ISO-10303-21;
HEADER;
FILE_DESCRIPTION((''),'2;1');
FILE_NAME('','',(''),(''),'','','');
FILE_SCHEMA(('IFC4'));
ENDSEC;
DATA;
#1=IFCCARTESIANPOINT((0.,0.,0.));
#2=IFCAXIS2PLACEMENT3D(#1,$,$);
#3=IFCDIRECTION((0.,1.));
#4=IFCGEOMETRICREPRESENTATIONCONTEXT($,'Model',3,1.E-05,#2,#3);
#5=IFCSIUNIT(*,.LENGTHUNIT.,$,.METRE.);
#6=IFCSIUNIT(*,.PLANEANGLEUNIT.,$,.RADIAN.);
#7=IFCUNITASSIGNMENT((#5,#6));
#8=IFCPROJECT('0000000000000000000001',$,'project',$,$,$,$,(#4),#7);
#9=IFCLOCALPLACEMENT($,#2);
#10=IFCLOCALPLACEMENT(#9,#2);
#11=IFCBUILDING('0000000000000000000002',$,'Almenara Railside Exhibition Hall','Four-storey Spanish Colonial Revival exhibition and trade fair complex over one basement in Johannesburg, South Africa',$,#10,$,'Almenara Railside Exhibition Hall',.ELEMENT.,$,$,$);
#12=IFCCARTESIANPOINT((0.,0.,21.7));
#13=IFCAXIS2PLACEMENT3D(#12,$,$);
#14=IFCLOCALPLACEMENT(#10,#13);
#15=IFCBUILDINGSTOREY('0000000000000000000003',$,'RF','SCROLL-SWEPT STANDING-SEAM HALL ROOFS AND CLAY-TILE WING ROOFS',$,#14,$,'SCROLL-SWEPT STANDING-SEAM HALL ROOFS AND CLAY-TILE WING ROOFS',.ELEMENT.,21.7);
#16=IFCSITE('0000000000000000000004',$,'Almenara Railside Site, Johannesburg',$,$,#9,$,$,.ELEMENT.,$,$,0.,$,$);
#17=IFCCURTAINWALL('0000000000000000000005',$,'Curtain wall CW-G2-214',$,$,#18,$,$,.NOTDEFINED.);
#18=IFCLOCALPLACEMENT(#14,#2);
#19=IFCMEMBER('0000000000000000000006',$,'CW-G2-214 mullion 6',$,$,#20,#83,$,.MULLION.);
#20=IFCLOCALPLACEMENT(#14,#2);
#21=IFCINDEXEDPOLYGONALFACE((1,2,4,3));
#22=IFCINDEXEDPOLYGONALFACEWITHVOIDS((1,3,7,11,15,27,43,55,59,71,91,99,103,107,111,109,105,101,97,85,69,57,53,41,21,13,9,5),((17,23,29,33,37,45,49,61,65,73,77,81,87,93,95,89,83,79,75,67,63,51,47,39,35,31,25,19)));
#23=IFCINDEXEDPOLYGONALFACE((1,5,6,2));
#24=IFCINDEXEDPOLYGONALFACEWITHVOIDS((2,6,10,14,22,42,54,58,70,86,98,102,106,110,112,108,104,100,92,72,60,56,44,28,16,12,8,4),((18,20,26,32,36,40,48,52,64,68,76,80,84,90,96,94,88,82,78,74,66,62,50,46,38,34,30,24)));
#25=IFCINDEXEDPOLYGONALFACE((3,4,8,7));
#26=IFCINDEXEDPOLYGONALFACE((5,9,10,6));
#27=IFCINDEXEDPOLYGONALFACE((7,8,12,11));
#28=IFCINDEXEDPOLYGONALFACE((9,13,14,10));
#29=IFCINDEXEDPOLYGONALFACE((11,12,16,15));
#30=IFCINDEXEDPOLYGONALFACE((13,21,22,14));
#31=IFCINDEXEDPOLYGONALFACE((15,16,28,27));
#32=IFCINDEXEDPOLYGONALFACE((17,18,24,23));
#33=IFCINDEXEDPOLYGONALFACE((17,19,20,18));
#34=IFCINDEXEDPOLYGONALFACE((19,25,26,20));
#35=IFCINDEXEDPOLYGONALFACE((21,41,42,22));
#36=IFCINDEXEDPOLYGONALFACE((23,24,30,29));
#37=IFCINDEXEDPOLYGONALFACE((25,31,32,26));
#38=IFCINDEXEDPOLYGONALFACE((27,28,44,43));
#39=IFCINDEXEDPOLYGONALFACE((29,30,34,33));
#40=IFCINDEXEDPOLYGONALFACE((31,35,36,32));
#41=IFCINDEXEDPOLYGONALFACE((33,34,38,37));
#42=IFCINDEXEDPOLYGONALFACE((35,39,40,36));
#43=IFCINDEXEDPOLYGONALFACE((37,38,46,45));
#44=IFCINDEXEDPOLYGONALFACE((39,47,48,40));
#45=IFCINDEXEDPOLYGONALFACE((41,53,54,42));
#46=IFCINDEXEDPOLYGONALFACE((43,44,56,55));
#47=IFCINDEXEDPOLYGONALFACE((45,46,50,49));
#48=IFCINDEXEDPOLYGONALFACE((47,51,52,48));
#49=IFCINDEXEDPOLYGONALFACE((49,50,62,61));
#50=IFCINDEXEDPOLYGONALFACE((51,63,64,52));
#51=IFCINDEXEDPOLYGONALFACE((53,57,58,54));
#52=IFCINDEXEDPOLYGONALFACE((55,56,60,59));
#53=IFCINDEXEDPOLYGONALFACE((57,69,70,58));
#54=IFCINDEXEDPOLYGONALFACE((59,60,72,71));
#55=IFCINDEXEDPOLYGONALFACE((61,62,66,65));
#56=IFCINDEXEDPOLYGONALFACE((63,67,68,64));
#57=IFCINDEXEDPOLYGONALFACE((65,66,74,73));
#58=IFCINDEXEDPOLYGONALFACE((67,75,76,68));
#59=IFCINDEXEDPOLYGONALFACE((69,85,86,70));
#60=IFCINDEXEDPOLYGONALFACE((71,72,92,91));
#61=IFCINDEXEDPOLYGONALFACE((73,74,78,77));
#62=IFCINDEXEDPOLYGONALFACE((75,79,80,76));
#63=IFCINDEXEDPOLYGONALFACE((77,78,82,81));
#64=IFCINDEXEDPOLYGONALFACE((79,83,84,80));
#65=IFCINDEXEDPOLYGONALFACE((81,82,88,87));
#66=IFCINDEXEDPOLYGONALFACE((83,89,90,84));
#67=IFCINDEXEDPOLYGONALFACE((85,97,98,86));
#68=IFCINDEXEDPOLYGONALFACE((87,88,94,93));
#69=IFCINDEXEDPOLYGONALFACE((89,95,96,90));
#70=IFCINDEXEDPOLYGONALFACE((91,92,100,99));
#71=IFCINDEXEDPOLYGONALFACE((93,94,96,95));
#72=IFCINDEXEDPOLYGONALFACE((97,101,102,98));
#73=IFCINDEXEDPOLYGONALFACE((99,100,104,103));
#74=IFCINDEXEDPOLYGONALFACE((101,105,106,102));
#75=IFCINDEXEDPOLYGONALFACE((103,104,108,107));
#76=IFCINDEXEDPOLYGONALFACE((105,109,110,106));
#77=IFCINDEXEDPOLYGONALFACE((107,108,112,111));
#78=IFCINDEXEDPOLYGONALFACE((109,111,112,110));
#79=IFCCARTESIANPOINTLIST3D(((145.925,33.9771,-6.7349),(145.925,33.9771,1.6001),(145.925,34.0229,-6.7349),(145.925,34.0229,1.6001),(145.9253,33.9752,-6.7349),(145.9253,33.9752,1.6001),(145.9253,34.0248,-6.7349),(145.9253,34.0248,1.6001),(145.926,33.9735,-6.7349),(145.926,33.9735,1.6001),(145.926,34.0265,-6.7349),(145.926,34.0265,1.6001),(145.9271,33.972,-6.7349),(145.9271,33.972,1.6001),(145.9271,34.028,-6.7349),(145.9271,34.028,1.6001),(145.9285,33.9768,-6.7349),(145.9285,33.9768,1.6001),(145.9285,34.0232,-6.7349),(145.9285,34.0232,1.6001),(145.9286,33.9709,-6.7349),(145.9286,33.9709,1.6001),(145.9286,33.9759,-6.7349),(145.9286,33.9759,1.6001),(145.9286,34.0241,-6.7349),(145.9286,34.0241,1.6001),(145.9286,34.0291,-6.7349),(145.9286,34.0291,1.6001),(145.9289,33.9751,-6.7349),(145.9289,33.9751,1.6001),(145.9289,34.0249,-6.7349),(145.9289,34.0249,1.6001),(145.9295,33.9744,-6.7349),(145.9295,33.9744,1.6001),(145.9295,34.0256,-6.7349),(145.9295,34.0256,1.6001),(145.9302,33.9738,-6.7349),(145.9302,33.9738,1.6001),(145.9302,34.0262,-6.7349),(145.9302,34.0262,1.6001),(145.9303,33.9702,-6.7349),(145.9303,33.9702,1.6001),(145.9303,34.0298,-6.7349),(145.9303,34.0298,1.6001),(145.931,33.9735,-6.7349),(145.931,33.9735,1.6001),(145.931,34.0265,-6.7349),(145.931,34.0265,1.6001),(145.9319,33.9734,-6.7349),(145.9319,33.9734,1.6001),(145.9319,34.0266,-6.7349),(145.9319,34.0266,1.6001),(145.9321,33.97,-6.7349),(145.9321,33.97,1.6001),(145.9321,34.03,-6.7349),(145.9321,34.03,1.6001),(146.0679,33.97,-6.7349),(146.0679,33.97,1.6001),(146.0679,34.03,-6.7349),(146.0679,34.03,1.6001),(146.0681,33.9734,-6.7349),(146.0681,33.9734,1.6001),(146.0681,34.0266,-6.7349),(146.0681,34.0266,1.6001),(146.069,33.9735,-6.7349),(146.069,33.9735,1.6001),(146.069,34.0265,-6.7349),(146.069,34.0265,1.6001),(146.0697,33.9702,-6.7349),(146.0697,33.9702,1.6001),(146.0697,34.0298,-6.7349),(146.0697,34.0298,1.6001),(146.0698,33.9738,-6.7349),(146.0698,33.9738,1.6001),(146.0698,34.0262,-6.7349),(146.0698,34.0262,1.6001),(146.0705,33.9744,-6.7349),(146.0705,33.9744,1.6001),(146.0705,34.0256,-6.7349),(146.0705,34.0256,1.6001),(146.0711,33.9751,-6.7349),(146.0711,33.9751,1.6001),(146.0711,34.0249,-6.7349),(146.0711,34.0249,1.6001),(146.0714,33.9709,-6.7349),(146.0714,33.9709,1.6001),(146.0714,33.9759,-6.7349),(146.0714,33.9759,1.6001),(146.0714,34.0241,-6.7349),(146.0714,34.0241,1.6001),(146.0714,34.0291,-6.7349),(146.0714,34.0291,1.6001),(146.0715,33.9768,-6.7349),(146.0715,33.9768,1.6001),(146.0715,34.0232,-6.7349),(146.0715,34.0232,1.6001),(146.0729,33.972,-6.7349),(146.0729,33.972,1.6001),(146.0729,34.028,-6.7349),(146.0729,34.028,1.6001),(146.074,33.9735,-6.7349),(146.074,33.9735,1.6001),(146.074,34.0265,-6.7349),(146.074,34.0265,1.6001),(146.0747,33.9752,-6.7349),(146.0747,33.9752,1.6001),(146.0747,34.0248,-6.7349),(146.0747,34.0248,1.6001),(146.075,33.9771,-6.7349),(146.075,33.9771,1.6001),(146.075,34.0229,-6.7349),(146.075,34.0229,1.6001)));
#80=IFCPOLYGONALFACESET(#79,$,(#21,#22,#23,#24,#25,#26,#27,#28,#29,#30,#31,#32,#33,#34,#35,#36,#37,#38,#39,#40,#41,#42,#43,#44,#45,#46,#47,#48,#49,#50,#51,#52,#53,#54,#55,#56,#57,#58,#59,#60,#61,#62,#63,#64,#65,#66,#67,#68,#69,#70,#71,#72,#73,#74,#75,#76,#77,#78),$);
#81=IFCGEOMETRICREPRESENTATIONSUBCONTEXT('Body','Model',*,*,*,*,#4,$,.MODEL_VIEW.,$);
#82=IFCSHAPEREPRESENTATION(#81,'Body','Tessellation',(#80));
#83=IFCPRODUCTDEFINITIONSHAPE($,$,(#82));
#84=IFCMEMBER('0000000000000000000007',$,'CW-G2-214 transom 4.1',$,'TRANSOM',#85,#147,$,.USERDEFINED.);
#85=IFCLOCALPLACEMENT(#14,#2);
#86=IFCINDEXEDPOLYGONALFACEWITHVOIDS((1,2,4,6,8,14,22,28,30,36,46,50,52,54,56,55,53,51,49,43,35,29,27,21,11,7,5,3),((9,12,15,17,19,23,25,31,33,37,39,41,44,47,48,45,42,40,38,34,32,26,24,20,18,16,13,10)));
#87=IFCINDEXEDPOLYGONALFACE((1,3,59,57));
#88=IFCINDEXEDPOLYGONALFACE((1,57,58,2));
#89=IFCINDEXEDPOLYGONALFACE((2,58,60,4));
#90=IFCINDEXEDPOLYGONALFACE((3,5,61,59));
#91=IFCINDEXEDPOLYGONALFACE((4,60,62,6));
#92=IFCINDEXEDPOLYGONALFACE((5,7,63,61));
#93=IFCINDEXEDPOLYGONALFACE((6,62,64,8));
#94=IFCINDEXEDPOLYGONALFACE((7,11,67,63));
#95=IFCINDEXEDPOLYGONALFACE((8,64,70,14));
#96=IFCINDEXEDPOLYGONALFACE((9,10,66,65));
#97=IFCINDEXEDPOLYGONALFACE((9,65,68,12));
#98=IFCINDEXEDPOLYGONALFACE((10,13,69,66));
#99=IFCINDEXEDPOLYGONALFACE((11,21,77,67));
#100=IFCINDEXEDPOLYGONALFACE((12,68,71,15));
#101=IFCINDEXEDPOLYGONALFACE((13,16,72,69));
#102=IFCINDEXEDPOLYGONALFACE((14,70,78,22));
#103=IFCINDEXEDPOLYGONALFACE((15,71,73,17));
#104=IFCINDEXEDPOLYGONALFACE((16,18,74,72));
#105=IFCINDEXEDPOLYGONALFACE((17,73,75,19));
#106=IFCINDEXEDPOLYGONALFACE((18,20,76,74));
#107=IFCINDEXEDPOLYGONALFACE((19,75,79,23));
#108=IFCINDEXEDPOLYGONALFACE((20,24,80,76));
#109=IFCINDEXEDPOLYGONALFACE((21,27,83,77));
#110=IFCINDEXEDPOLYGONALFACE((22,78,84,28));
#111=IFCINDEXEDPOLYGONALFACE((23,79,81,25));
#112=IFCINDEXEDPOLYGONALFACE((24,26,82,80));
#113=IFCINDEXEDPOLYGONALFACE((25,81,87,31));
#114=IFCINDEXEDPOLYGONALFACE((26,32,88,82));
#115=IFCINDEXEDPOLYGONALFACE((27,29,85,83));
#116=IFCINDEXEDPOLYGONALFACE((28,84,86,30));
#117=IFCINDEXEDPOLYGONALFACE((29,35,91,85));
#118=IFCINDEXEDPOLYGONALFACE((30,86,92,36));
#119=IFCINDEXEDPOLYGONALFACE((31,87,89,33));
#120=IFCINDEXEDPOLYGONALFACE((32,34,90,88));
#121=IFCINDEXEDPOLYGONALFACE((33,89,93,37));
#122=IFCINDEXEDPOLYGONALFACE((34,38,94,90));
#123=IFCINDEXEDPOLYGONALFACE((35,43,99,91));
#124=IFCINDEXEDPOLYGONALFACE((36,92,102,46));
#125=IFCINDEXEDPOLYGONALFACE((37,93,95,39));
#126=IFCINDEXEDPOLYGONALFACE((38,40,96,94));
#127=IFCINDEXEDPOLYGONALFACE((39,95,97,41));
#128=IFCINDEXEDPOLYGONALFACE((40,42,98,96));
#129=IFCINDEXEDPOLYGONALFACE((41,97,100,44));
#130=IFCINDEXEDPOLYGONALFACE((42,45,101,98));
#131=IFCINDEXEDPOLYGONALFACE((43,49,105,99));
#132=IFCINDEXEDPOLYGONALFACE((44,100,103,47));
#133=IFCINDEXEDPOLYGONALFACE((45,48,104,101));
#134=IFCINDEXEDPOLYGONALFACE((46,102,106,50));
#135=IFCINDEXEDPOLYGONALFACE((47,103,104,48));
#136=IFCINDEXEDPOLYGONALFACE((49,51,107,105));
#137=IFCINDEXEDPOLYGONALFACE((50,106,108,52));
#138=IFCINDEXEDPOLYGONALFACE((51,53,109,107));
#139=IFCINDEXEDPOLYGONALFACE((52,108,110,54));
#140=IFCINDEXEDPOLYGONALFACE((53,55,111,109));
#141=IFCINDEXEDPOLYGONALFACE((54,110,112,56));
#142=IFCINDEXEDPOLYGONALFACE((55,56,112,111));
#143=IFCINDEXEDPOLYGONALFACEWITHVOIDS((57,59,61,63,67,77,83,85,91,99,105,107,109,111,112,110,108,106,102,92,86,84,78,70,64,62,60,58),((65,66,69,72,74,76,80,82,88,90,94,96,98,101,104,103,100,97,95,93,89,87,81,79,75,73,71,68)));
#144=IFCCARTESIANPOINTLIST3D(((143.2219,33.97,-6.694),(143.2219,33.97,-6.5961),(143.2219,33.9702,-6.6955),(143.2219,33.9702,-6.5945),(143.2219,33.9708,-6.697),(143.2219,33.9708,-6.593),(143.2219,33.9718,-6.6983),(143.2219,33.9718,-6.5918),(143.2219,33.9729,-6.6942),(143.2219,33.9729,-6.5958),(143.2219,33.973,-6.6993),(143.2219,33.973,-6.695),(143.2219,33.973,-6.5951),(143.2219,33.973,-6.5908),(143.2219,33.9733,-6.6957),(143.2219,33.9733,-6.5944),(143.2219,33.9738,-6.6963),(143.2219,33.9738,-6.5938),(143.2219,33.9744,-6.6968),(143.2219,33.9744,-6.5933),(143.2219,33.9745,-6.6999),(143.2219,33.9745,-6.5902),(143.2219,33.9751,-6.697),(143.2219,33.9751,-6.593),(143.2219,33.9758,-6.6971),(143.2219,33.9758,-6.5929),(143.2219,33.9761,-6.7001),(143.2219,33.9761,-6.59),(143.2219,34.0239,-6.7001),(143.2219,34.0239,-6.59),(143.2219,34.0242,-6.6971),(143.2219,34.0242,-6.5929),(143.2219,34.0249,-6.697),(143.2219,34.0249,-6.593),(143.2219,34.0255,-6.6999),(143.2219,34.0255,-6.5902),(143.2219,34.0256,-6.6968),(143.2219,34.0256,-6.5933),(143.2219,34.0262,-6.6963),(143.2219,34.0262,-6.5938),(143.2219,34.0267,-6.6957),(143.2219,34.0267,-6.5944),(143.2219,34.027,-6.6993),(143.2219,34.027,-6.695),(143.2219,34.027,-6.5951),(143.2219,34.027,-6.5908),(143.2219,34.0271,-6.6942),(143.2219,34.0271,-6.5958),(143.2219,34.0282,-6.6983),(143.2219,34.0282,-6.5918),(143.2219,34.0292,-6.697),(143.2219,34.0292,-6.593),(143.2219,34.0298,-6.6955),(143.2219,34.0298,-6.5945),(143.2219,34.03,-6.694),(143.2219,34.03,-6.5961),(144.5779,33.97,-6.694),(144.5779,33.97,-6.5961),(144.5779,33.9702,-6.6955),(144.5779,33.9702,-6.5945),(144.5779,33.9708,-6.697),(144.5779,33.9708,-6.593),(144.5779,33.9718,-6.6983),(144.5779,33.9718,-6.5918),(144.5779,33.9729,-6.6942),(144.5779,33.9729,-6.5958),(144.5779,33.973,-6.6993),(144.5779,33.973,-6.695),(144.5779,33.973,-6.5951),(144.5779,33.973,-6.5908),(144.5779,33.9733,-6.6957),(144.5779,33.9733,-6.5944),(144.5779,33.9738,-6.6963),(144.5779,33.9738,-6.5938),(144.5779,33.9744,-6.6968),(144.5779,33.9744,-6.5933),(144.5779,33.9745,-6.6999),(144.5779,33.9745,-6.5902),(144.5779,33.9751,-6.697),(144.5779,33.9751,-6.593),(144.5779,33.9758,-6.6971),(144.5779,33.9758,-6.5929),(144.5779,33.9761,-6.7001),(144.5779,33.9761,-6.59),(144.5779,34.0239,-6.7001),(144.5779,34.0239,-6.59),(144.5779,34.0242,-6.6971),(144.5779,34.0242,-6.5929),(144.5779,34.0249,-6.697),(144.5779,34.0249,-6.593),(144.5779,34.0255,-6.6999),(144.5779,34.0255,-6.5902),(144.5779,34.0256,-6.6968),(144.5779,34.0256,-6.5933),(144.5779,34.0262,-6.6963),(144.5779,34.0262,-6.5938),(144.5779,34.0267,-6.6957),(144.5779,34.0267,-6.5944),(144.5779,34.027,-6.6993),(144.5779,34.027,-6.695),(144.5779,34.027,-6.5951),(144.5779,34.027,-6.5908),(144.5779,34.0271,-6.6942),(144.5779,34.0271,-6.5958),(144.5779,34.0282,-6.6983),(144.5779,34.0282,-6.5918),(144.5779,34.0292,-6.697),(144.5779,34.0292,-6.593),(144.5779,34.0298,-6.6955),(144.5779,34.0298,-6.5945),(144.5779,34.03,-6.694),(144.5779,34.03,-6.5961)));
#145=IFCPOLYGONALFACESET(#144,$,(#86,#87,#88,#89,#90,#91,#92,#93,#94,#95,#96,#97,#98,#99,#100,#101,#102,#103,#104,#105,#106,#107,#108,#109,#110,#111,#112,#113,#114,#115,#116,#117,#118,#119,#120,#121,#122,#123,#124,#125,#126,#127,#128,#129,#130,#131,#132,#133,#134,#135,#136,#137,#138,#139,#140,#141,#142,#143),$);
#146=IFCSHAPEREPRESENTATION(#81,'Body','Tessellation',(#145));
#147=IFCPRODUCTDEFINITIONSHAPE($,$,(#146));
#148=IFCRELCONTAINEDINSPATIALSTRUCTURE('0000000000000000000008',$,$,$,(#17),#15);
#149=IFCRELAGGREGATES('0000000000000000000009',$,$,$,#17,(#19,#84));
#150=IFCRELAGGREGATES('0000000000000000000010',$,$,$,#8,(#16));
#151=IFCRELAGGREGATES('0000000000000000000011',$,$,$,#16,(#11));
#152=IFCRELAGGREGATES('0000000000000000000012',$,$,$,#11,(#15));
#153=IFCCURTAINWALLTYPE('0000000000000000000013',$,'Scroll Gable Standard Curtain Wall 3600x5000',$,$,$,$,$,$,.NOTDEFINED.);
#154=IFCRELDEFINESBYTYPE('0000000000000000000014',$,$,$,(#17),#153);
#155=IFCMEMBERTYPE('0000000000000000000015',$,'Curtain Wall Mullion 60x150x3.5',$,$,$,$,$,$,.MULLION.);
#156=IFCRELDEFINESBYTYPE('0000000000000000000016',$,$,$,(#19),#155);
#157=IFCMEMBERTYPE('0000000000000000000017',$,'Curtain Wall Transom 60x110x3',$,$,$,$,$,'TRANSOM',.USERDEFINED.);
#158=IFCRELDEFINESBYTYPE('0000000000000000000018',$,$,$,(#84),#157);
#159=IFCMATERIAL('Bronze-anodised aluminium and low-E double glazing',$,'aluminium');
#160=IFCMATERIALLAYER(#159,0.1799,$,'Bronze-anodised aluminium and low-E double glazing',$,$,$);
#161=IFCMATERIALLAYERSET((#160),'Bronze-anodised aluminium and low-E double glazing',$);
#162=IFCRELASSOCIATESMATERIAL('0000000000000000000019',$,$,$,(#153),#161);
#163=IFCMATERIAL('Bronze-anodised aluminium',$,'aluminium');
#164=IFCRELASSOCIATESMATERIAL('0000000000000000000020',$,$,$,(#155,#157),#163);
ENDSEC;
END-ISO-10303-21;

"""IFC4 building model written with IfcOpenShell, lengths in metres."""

from ifc_helpers import new_model, si_unit, direction, frame, origin, origin_2d, place, context, subcontext, project, spatial, hollow_rectangle, extrude, material, layer, layer_set, material_profile, profile_set, type_object, element, aggregate, save


model = new_model("IFC4")

# Units and contexts
model_context = context("Model", 3, precision=1e-05, world=origin(), true_north=direction((0.0, 1.0)))
body_context = subcontext(model_context, "Body", "Model", "MODEL_VIEW")
ifc_project = project(units=[si_unit("LENGTHUNIT", "METRE"), si_unit("PLANEANGLEUNIT", "RADIAN")], contexts=[model_context])

# Site, building, storey
site_placement = place(None, origin())
site = spatial("IfcSite", under=ifc_project, at=site_placement, Name="Almenara Railside Site, Johannesburg", CompositionType="ELEMENT", RefElevation=0.0)
building_placement = place(site_placement, origin())
building = spatial("IfcBuilding", under=site, at=building_placement, Name="Almenara Railside Exhibition Hall", Description="Four-storey Spanish Colonial Revival exhibition and trade fair complex over one basement in Johannesburg, South Africa", LongName="Almenara Railside Exhibition Hall", CompositionType="ELEMENT")
storey_placement = place(building_placement, frame((0.0, 0.0, 21.7)))
storey = spatial("IfcBuildingStorey", under=building, at=storey_placement, Name="RF", Description="SCROLL-SWEPT STANDING-SEAM HALL ROOFS AND CLAY-TILE WING ROOFS", LongName="SCROLL-SWEPT STANDING-SEAM HALL ROOFS AND CLAY-TILE WING ROOFS", CompositionType="ELEMENT", Elevation=21.7)

# Curtain wall, members
ifc_material_1 = material(Name="Bronze-anodised aluminium and low-E double glazing", Category="aluminium")
ifc_layer_1 = layer(ifc_material_1, 0.1799, Name="Bronze-anodised aluminium and low-E double glazing")
ifc_layer_set_1 = layer_set([ifc_layer_1], Name="Bronze-anodised aluminium and low-E double glazing")
curtain_wall_type = type_object("IfcCurtainWallType", Name="Scroll Gable Standard Curtain Wall 3600x5000", PredefinedType="NOTDEFINED", material=ifc_layer_set_1)
curtain_wall_placement = place(storey_placement, origin())
curtain_wall = element("IfcCurtainWall", 1, at=curtain_wall_placement, inside=storey, type_object=curtain_wall_type, Name="Curtain wall CW-G2-214", PredefinedType="NOTDEFINED")
ifc_material_2 = material(Name="Bronze-anodised aluminium", Category="aluminium")
ifc_material_profile_1 = material_profile(ifc_material_2, hollow_rectangle(XDim=0.0601, YDim=0.1499, WallThickness=0.0034, InnerFilletRadius=0.0034, OuterFilletRadius=0.0071, at=origin_2d()), Name="ALU-MUL 60x150x3.5")
ifc_profile_set_1 = profile_set([ifc_material_profile_1], Name="Bronze-anodised aluminium")
member_type_1 = type_object("IfcMemberType", Name="Curtain Wall Mullion 60x150x3.5", PredefinedType="MULLION", material=ifc_profile_set_1)
member_1_placement = place(storey_placement, frame((146.0, 34.0, -6.7349), z_axis=(0.0, 0.0, 1.0), x_axis=(0.0, 1.0, 0.0)))
member_1 = element("IfcMember", 2, at=member_1_placement, type_object=member_type_1, Name="CW-G2-214 mullion 6", PredefinedType="MULLION", context=body_context, shape_type="SweptSolid", body=[
    extrude(hollow_rectangle(XDim=0.0601, YDim=0.1499, WallThickness=0.0034, InnerFilletRadius=0.0034, OuterFilletRadius=0.0071, at=origin_2d()), origin(), (0.0, 0.0, 1.0), 8.335),
])
ifc_material_profile_2 = material_profile(ifc_material_2, hollow_rectangle(XDim=0.0601, YDim=0.1101, WallThickness=0.0029, InnerFilletRadius=0.0029, OuterFilletRadius=0.0061, at=origin_2d()), Name="ALU-TRN 60x110x3")
ifc_profile_set_2 = profile_set([ifc_material_profile_2], Name="Bronze-anodised aluminium")
member_type_2 = type_object("IfcMemberType", Name="Curtain Wall Transom 60x110x3", ElementType="TRANSOM", PredefinedType="USERDEFINED", material=ifc_profile_set_2)
member_2_placement = place(storey_placement, frame((143.2219, 34.0, -6.645), z_axis=(1.0, 0.0, 0.0), x_axis=(0.0, 1.0, 0.0)))
member_2 = element("IfcMember", 3, at=member_2_placement, type_object=member_type_2, Name="CW-G2-214 transom 4.1", ObjectType="TRANSOM", PredefinedType="USERDEFINED", context=body_context, shape_type="SweptSolid", body=[
    extrude(hollow_rectangle(XDim=0.0601, YDim=0.1101, WallThickness=0.0029, InnerFilletRadius=0.0029, OuterFilletRadius=0.0061, at=origin_2d()), origin(), (0.0, 0.0, 1.0), 1.356),
])

aggregate(curtain_wall, [member_1, member_2])

save(model, "model.ifc")
